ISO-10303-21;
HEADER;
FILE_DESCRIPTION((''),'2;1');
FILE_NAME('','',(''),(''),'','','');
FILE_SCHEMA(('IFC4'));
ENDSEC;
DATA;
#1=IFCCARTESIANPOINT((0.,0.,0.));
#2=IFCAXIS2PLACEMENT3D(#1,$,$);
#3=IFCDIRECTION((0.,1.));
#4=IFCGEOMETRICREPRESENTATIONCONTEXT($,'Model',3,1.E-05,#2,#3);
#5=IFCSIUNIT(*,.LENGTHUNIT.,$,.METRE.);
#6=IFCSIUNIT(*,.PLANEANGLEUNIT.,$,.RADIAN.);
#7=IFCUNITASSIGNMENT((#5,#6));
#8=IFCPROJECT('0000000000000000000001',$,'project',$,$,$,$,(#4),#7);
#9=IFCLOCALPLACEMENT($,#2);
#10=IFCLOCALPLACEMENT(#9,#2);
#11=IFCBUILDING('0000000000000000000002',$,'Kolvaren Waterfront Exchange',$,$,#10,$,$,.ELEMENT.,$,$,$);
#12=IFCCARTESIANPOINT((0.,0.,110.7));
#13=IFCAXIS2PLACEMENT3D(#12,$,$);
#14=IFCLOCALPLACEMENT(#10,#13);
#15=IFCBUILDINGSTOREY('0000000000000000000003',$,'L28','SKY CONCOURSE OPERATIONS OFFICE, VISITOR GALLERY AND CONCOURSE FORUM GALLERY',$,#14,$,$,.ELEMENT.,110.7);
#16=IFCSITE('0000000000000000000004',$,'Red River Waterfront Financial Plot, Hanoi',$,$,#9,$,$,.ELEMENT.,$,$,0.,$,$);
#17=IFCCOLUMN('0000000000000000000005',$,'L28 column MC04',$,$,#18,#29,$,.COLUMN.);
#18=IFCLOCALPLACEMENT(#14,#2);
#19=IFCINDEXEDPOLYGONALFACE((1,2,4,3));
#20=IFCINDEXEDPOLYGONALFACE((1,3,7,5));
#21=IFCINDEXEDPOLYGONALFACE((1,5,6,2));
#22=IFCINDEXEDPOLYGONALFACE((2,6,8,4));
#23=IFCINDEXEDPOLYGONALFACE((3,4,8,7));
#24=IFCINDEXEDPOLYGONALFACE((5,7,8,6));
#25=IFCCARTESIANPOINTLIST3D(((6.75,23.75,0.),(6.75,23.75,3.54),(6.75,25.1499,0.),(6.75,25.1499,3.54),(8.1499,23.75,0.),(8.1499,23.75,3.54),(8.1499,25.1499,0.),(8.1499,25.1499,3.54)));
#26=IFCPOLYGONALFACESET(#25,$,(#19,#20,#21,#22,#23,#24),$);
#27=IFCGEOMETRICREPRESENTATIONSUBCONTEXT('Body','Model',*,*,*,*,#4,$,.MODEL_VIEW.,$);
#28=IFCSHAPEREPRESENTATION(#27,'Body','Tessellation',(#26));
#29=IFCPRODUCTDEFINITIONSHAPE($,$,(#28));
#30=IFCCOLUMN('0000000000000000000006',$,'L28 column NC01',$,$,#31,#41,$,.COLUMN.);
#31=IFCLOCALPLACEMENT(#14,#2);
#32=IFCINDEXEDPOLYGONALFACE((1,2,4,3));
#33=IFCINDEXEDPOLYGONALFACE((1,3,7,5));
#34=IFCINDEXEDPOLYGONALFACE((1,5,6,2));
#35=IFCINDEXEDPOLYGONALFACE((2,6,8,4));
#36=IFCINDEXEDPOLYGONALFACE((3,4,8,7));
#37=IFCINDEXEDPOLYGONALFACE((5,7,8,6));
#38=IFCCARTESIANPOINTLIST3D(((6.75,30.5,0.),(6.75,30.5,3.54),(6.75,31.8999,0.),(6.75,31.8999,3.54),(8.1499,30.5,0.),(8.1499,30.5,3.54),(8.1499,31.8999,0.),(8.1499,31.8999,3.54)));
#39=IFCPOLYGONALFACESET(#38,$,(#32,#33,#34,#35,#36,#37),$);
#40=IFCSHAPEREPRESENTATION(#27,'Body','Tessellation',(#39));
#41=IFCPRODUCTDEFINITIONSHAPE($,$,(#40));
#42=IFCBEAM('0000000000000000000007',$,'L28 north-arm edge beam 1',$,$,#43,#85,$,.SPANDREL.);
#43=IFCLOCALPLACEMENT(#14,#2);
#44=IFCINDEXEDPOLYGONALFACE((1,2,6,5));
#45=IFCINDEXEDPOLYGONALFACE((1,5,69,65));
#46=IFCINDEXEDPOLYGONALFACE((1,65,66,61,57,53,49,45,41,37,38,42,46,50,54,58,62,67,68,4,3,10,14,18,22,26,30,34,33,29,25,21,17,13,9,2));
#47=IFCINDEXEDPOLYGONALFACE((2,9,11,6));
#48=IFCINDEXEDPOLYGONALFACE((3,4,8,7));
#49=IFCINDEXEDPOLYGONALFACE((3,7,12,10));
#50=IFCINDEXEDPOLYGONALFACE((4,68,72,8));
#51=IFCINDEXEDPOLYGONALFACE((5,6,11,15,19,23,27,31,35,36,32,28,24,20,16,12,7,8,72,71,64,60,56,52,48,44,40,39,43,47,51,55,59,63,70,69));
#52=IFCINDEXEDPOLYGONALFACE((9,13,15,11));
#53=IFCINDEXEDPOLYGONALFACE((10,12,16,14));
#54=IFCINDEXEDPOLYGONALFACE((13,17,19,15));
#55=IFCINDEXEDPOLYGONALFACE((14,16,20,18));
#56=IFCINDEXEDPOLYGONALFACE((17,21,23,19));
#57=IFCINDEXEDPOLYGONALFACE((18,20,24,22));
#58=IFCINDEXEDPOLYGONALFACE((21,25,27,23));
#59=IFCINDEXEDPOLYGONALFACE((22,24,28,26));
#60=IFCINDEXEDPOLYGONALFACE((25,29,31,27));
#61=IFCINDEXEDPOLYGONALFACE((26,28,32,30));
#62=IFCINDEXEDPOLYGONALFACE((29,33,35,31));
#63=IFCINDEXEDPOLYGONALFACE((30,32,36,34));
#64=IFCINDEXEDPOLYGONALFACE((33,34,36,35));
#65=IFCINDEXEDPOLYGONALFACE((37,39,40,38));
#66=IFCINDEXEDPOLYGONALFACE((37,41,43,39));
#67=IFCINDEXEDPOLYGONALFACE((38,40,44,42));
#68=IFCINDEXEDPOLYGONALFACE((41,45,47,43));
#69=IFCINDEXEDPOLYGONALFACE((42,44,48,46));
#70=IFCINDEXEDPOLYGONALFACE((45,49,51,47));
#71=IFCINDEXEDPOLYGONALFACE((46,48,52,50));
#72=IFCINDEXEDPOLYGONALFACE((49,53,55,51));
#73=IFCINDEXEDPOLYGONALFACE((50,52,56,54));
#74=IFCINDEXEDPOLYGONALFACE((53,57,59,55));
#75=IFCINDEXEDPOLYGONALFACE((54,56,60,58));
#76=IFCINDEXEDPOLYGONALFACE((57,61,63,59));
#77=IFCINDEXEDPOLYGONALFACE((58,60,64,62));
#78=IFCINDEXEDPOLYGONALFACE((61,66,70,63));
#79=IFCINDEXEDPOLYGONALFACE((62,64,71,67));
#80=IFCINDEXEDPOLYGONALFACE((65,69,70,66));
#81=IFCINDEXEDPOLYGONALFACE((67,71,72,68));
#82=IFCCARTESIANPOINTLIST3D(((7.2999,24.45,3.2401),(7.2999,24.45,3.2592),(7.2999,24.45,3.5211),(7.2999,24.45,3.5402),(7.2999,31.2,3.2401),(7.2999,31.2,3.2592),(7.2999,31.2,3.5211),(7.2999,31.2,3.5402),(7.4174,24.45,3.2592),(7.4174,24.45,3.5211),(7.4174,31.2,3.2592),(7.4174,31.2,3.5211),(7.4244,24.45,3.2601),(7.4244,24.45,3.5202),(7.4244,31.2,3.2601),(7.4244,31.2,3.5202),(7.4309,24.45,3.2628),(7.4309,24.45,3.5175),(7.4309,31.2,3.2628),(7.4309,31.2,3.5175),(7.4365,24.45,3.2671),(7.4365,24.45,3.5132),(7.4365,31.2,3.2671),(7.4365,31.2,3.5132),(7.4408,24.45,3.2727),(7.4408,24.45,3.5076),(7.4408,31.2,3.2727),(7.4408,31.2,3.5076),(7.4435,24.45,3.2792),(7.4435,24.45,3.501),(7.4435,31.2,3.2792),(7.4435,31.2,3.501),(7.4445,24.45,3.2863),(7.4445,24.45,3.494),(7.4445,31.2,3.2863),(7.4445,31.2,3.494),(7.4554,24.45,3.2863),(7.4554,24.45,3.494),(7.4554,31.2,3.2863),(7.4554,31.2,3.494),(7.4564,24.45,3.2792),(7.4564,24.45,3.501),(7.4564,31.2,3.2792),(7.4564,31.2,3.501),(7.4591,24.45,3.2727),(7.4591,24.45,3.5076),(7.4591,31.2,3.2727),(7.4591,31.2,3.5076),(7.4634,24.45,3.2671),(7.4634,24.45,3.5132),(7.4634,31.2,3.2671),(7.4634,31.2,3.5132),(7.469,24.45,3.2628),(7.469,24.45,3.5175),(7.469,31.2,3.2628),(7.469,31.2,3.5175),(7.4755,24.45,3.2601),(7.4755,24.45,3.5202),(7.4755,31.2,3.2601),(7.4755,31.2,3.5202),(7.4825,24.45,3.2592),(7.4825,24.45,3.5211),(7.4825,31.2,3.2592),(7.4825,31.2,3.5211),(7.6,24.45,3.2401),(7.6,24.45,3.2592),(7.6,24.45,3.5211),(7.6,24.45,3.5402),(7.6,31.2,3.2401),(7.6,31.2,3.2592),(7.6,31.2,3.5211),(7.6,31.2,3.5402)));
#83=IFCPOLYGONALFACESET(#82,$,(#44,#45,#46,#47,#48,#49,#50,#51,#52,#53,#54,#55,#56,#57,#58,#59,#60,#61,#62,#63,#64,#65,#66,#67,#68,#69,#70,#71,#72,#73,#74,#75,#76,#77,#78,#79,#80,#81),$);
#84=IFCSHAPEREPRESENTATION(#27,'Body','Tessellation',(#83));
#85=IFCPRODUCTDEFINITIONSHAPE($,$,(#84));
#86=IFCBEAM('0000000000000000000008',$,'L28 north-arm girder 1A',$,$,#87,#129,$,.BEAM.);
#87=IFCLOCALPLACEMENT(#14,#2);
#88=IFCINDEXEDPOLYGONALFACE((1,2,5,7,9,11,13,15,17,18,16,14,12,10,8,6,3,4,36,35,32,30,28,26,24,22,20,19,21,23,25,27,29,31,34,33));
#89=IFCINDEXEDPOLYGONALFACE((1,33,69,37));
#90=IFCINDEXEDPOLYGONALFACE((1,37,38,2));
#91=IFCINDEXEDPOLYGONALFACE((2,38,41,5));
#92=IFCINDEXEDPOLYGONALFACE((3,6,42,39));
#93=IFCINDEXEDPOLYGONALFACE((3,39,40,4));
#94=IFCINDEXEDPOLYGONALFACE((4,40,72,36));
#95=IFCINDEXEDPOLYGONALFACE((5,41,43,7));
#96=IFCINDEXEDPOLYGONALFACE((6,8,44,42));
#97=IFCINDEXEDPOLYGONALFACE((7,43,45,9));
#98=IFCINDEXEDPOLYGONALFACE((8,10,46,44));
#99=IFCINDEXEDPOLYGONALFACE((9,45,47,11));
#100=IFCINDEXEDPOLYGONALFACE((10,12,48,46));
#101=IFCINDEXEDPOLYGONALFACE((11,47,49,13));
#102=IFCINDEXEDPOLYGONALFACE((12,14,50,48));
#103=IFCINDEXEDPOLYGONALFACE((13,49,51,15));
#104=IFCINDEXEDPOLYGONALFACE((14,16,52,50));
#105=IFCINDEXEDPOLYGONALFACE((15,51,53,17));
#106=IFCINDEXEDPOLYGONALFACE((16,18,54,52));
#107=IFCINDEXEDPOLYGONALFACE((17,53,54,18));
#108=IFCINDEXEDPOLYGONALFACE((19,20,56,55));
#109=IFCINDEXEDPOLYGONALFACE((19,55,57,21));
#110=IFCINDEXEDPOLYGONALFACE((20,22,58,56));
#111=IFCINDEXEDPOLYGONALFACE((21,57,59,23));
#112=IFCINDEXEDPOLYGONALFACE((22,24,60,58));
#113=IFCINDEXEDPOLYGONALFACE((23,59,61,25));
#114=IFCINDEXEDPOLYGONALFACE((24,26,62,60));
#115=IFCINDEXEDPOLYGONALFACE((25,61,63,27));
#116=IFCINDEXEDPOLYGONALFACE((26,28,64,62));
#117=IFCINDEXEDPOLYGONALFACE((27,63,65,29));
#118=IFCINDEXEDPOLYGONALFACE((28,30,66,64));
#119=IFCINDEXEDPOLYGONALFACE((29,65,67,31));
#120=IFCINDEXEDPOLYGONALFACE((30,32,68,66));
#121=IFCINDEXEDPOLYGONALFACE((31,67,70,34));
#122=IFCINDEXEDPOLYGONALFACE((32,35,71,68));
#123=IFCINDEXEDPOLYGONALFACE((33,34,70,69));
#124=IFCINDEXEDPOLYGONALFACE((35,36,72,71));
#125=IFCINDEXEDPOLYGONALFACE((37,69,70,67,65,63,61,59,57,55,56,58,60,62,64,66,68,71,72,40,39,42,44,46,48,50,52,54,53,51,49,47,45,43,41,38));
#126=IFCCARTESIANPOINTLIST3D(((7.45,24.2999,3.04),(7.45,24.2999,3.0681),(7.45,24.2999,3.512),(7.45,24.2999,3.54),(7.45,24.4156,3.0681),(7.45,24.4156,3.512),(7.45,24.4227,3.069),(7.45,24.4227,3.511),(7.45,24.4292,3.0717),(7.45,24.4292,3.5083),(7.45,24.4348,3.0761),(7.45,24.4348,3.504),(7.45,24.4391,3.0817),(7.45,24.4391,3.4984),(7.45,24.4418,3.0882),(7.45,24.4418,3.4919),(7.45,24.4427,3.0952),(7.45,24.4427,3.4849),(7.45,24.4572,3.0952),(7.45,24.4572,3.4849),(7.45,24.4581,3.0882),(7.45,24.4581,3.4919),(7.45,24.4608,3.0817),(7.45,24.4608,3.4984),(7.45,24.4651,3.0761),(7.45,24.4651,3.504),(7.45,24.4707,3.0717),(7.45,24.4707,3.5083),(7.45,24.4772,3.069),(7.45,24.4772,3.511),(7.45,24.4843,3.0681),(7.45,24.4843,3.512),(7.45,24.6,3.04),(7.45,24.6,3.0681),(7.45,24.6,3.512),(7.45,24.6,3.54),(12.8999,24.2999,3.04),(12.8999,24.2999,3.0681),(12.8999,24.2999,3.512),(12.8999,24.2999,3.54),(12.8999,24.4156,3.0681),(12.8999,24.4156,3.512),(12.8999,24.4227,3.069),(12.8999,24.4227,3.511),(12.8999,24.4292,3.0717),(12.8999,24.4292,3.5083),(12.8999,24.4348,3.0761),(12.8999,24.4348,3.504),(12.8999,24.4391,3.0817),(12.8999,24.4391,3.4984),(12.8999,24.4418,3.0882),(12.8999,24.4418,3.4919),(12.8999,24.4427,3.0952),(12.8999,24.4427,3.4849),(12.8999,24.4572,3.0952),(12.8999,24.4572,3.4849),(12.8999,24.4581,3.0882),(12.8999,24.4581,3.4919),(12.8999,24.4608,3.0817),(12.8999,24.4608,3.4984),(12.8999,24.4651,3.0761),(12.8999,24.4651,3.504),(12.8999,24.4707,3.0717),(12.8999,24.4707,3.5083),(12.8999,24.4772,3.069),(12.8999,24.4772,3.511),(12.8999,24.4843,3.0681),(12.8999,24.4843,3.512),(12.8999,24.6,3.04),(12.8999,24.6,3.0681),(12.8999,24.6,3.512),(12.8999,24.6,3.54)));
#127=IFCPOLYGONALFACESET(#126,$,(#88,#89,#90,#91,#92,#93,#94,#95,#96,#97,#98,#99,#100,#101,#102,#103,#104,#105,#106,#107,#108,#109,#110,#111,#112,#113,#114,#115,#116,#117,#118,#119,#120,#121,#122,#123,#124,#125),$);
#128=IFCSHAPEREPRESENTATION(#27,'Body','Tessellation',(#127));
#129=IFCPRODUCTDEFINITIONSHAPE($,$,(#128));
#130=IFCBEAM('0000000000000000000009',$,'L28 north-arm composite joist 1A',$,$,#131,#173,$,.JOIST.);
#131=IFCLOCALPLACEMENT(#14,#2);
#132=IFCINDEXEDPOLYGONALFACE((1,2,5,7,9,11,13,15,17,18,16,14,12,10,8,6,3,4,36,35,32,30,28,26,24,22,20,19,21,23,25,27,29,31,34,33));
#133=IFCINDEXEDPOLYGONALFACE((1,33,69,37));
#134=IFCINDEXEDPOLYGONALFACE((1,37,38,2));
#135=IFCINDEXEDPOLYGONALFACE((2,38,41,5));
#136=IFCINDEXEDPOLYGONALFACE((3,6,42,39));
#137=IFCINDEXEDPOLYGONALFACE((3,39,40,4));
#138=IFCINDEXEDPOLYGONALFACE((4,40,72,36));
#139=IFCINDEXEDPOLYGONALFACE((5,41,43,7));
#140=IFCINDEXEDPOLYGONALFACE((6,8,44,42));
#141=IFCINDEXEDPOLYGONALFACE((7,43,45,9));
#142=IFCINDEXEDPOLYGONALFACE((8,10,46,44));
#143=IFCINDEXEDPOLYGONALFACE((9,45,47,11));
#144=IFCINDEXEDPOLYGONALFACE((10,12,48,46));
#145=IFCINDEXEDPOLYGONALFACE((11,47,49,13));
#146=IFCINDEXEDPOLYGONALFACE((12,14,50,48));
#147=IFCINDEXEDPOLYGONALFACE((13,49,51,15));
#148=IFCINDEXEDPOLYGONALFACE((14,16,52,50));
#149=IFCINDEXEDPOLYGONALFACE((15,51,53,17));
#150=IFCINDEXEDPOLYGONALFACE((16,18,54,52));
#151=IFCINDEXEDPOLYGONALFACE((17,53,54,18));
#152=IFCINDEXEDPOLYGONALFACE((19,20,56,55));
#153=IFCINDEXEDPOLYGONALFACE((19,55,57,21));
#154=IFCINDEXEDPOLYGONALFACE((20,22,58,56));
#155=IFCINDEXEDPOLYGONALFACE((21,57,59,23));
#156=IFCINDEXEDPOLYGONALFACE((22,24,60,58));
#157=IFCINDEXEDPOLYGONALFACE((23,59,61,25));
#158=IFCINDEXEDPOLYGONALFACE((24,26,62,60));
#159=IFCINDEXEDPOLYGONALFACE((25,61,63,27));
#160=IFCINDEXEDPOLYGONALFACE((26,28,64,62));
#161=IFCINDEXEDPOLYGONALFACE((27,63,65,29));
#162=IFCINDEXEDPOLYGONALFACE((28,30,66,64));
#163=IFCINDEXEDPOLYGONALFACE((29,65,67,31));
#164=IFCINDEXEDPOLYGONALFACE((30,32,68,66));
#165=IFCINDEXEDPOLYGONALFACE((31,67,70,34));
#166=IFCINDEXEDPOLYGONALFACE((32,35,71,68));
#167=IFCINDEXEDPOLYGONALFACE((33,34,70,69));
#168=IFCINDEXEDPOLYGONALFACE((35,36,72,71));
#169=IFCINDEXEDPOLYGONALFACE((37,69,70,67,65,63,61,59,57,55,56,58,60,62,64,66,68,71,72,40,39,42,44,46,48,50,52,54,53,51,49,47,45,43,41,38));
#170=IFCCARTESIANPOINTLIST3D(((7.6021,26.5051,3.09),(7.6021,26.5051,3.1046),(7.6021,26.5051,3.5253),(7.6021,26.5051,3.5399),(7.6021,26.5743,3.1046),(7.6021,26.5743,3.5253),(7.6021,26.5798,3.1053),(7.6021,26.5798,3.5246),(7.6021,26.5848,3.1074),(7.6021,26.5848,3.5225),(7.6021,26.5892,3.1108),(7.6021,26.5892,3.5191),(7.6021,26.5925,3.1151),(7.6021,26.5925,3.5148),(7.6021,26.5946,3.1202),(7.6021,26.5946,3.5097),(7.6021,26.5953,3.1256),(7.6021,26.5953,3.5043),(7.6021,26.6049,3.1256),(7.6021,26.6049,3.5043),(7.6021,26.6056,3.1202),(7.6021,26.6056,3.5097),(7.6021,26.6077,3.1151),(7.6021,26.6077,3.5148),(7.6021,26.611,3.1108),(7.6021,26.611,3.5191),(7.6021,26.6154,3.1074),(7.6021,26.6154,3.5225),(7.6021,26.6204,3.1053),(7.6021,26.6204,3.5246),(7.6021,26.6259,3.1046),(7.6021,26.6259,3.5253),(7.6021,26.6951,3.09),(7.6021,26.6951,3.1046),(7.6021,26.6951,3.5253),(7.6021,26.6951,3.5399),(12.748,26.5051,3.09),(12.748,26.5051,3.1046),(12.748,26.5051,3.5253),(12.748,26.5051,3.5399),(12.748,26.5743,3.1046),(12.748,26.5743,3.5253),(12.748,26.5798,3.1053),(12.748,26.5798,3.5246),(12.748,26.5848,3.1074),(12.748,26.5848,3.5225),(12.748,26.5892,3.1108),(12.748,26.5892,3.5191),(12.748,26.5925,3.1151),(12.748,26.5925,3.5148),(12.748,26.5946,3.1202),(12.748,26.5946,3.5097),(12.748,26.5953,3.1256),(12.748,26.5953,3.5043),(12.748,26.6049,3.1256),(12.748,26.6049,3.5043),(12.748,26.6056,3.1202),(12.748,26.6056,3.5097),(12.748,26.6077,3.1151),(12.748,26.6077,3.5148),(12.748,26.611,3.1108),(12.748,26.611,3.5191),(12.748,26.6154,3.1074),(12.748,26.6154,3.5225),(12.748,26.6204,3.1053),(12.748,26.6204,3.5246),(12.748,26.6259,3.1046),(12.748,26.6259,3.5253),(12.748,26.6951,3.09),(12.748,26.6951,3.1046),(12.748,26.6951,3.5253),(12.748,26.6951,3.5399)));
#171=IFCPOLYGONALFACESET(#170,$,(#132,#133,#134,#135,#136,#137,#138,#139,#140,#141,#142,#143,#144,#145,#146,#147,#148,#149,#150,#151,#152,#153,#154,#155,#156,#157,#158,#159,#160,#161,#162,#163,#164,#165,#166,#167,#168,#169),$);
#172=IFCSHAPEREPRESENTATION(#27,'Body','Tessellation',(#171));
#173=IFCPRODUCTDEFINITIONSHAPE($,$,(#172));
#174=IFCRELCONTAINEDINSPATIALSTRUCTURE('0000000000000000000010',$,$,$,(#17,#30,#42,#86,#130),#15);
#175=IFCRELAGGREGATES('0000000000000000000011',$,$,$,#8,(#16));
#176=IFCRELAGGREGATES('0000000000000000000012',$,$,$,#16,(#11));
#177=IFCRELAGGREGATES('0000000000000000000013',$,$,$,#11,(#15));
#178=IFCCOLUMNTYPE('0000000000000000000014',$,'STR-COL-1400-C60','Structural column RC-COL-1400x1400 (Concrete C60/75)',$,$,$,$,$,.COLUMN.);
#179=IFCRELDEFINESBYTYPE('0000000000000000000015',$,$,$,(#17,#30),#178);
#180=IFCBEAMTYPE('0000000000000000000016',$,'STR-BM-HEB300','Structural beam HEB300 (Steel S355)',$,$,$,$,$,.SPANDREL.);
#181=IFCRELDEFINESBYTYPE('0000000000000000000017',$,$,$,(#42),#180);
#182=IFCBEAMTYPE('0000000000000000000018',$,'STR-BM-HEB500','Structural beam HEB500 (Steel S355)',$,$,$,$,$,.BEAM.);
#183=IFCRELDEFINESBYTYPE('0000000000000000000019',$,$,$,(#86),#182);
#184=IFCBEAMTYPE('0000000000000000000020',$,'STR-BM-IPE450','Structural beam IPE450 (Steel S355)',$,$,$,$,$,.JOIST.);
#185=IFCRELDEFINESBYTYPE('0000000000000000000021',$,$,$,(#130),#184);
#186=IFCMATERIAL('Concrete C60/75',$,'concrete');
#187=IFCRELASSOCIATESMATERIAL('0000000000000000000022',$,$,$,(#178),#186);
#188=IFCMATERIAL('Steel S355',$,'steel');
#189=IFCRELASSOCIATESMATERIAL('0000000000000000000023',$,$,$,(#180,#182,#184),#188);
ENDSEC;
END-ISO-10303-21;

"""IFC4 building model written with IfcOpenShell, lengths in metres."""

from ifc_helpers import new_model, si_unit, direction, frame, origin, origin_2d, place, context, subcontext, project, spatial, rectangle, i_section, extrude, material, material_profile, profile_set, type_object, element, save


model = new_model("IFC4")

# Units and contexts
model_context = context("Model", 3, precision=1e-05, world=origin(), true_north=direction((0.0, 1.0)))
body_context = subcontext(model_context, "Body", "Model", "MODEL_VIEW")
ifc_project = project(units=[si_unit("LENGTHUNIT", "METRE"), si_unit("PLANEANGLEUNIT", "RADIAN")], contexts=[model_context])

# Site, building, storey
site_placement = place(None, origin())
site = spatial("IfcSite", under=ifc_project, at=site_placement, Name="Red River Waterfront Financial Plot, Hanoi", CompositionType="ELEMENT", RefElevation=0.0)
building_placement = place(site_placement, origin())
building = spatial("IfcBuilding", under=site, at=building_placement, Name="Kolvaren Waterfront Exchange", CompositionType="ELEMENT")
storey_placement = place(building_placement, frame((0.0, 0.0, 110.7)))
storey = spatial("IfcBuildingStorey", under=building, at=storey_placement, Name="L28", Description="SKY CONCOURSE OPERATIONS OFFICE, VISITOR GALLERY AND CONCOURSE FORUM GALLERY", CompositionType="ELEMENT", Elevation=110.7)

# Columns
ifc_material_1 = material(Name="Concrete C60/75", Category="concrete")
ifc_material_profile_1 = material_profile(ifc_material_1, rectangle(XDim=1.3999, YDim=1.3999, at=origin_2d()), Name="RC-COL-1400x1400")
ifc_profile_set_1 = profile_set([ifc_material_profile_1], Name="Concrete C60/75")
column_type = type_object("IfcColumnType", Name="STR-COL-1400-C60", Description="Structural column RC-COL-1400x1400 (Concrete C60/75)", PredefinedType="COLUMN", material=ifc_profile_set_1)
for number, where, z_axis, x_axis, name in (
    (1, (7.45, 24.45, 0.0), (0.0, 0.0, 1.0), (1.0, 0.0, 0.0), "L28 column MC04"),
    (2, (7.45, 31.2, 0.0), (0.0, 0.0, 1.0), (1.0, 0.0, 0.0), "L28 column NC01"),
):
    element("IfcColumn", number, at=place(storey_placement, frame(where, z_axis=z_axis, x_axis=x_axis)), inside=storey, type_object=column_type, Name=name, PredefinedType="COLUMN", context=body_context, shape_type="SweptSolid", body=[
        extrude(rectangle(XDim=1.3999, YDim=1.3999, at=origin_2d()), origin(), (0.0, 0.0, 1.0), 3.54),
    ])

# Beams
ifc_material_2 = material(Name="Steel S355", Category="steel")
ifc_material_profile_2 = material_profile(ifc_material_2, i_section(OverallWidth=0.3, OverallDepth=0.3, WebThickness=0.011, FlangeThickness=0.019, FilletRadius=0.0271, at=origin_2d()), Name="HEB300")
ifc_profile_set_2 = profile_set([ifc_material_profile_2], Name="Steel S355")
beam_type_1 = type_object("IfcBeamType", Name="STR-BM-HEB300", Description="Structural beam HEB300 (Steel S355)", PredefinedType="SPANDREL", material=ifc_profile_set_2)
beam_1_placement = place(storey_placement, frame((7.45, 24.45, 3.3901), z_axis=(0.0, 1.0, 0.0), x_axis=(-1.0, 0.0, 0.0)))
element("IfcBeam", 3, at=beam_1_placement, inside=storey, type_object=beam_type_1, Name="L28 north-arm edge beam 1", PredefinedType="SPANDREL", context=body_context, shape_type="SweptSolid", body=[
    extrude(i_section(OverallWidth=0.3, OverallDepth=0.3, WebThickness=0.011, FlangeThickness=0.019, FilletRadius=0.0271, at=origin_2d()), origin(), (0.0, 0.0, 1.0), 6.75),
])
ifc_material_profile_3 = material_profile(ifc_material_2, i_section(OverallWidth=0.3, OverallDepth=0.5, WebThickness=0.0144, FlangeThickness=0.0281, FilletRadius=0.0271, at=origin_2d()), Name="HEB500")
ifc_profile_set_3 = profile_set([ifc_material_profile_3], Name="Steel S355")
beam_type_2 = type_object("IfcBeamType", Name="STR-BM-HEB500", Description="Structural beam HEB500 (Steel S355)", PredefinedType="BEAM", material=ifc_profile_set_3)
beam_2_placement = place(storey_placement, frame((7.45, 24.45, 3.29), z_axis=(1.0, 0.0, 0.0), x_axis=(0.0, 1.0, 0.0)))
element("IfcBeam", 4, at=beam_2_placement, inside=storey, type_object=beam_type_2, Name="L28 north-arm girder 1A", PredefinedType="BEAM", context=body_context, shape_type="SweptSolid", body=[
    extrude(i_section(OverallWidth=0.3, OverallDepth=0.5, WebThickness=0.0144, FlangeThickness=0.0281, FilletRadius=0.0271, at=origin_2d()), origin(), (0.0, 0.0, 1.0), 5.45),
])
ifc_material_profile_4 = material_profile(ifc_material_2, i_section(OverallWidth=0.1899, OverallDepth=0.45, WebThickness=0.0095, FlangeThickness=0.0146, FilletRadius=0.021, at=origin_2d()), Name="IPE450")
ifc_profile_set_4 = profile_set([ifc_material_profile_4], Name="Steel S355")
beam_type_3 = type_object("IfcBeamType", Name="STR-BM-IPE450", Description="Structural beam IPE450 (Steel S355)", PredefinedType="JOIST", material=ifc_profile_set_4)
for number, where, z_axis, x_axis, name in (
    (5, (7.6021, 26.6001, 3.3149), (1.0, 0.0, 0.0), (0.0, 1.0, 0.0), "L28 north-arm composite joist 1A"),
):
    element("IfcBeam", number, at=place(storey_placement, frame(where, z_axis=z_axis, x_axis=x_axis)), inside=storey, type_object=beam_type_3, Name=name, PredefinedType="JOIST", context=body_context, shape_type="SweptSolid", body=[
        extrude(i_section(OverallWidth=0.1899, OverallDepth=0.45, WebThickness=0.0095, FlangeThickness=0.0146, FilletRadius=0.021, at=origin_2d()), origin(), (0.0, 0.0, 1.0), 5.146),
    ])

save(model, "model.ifc")
